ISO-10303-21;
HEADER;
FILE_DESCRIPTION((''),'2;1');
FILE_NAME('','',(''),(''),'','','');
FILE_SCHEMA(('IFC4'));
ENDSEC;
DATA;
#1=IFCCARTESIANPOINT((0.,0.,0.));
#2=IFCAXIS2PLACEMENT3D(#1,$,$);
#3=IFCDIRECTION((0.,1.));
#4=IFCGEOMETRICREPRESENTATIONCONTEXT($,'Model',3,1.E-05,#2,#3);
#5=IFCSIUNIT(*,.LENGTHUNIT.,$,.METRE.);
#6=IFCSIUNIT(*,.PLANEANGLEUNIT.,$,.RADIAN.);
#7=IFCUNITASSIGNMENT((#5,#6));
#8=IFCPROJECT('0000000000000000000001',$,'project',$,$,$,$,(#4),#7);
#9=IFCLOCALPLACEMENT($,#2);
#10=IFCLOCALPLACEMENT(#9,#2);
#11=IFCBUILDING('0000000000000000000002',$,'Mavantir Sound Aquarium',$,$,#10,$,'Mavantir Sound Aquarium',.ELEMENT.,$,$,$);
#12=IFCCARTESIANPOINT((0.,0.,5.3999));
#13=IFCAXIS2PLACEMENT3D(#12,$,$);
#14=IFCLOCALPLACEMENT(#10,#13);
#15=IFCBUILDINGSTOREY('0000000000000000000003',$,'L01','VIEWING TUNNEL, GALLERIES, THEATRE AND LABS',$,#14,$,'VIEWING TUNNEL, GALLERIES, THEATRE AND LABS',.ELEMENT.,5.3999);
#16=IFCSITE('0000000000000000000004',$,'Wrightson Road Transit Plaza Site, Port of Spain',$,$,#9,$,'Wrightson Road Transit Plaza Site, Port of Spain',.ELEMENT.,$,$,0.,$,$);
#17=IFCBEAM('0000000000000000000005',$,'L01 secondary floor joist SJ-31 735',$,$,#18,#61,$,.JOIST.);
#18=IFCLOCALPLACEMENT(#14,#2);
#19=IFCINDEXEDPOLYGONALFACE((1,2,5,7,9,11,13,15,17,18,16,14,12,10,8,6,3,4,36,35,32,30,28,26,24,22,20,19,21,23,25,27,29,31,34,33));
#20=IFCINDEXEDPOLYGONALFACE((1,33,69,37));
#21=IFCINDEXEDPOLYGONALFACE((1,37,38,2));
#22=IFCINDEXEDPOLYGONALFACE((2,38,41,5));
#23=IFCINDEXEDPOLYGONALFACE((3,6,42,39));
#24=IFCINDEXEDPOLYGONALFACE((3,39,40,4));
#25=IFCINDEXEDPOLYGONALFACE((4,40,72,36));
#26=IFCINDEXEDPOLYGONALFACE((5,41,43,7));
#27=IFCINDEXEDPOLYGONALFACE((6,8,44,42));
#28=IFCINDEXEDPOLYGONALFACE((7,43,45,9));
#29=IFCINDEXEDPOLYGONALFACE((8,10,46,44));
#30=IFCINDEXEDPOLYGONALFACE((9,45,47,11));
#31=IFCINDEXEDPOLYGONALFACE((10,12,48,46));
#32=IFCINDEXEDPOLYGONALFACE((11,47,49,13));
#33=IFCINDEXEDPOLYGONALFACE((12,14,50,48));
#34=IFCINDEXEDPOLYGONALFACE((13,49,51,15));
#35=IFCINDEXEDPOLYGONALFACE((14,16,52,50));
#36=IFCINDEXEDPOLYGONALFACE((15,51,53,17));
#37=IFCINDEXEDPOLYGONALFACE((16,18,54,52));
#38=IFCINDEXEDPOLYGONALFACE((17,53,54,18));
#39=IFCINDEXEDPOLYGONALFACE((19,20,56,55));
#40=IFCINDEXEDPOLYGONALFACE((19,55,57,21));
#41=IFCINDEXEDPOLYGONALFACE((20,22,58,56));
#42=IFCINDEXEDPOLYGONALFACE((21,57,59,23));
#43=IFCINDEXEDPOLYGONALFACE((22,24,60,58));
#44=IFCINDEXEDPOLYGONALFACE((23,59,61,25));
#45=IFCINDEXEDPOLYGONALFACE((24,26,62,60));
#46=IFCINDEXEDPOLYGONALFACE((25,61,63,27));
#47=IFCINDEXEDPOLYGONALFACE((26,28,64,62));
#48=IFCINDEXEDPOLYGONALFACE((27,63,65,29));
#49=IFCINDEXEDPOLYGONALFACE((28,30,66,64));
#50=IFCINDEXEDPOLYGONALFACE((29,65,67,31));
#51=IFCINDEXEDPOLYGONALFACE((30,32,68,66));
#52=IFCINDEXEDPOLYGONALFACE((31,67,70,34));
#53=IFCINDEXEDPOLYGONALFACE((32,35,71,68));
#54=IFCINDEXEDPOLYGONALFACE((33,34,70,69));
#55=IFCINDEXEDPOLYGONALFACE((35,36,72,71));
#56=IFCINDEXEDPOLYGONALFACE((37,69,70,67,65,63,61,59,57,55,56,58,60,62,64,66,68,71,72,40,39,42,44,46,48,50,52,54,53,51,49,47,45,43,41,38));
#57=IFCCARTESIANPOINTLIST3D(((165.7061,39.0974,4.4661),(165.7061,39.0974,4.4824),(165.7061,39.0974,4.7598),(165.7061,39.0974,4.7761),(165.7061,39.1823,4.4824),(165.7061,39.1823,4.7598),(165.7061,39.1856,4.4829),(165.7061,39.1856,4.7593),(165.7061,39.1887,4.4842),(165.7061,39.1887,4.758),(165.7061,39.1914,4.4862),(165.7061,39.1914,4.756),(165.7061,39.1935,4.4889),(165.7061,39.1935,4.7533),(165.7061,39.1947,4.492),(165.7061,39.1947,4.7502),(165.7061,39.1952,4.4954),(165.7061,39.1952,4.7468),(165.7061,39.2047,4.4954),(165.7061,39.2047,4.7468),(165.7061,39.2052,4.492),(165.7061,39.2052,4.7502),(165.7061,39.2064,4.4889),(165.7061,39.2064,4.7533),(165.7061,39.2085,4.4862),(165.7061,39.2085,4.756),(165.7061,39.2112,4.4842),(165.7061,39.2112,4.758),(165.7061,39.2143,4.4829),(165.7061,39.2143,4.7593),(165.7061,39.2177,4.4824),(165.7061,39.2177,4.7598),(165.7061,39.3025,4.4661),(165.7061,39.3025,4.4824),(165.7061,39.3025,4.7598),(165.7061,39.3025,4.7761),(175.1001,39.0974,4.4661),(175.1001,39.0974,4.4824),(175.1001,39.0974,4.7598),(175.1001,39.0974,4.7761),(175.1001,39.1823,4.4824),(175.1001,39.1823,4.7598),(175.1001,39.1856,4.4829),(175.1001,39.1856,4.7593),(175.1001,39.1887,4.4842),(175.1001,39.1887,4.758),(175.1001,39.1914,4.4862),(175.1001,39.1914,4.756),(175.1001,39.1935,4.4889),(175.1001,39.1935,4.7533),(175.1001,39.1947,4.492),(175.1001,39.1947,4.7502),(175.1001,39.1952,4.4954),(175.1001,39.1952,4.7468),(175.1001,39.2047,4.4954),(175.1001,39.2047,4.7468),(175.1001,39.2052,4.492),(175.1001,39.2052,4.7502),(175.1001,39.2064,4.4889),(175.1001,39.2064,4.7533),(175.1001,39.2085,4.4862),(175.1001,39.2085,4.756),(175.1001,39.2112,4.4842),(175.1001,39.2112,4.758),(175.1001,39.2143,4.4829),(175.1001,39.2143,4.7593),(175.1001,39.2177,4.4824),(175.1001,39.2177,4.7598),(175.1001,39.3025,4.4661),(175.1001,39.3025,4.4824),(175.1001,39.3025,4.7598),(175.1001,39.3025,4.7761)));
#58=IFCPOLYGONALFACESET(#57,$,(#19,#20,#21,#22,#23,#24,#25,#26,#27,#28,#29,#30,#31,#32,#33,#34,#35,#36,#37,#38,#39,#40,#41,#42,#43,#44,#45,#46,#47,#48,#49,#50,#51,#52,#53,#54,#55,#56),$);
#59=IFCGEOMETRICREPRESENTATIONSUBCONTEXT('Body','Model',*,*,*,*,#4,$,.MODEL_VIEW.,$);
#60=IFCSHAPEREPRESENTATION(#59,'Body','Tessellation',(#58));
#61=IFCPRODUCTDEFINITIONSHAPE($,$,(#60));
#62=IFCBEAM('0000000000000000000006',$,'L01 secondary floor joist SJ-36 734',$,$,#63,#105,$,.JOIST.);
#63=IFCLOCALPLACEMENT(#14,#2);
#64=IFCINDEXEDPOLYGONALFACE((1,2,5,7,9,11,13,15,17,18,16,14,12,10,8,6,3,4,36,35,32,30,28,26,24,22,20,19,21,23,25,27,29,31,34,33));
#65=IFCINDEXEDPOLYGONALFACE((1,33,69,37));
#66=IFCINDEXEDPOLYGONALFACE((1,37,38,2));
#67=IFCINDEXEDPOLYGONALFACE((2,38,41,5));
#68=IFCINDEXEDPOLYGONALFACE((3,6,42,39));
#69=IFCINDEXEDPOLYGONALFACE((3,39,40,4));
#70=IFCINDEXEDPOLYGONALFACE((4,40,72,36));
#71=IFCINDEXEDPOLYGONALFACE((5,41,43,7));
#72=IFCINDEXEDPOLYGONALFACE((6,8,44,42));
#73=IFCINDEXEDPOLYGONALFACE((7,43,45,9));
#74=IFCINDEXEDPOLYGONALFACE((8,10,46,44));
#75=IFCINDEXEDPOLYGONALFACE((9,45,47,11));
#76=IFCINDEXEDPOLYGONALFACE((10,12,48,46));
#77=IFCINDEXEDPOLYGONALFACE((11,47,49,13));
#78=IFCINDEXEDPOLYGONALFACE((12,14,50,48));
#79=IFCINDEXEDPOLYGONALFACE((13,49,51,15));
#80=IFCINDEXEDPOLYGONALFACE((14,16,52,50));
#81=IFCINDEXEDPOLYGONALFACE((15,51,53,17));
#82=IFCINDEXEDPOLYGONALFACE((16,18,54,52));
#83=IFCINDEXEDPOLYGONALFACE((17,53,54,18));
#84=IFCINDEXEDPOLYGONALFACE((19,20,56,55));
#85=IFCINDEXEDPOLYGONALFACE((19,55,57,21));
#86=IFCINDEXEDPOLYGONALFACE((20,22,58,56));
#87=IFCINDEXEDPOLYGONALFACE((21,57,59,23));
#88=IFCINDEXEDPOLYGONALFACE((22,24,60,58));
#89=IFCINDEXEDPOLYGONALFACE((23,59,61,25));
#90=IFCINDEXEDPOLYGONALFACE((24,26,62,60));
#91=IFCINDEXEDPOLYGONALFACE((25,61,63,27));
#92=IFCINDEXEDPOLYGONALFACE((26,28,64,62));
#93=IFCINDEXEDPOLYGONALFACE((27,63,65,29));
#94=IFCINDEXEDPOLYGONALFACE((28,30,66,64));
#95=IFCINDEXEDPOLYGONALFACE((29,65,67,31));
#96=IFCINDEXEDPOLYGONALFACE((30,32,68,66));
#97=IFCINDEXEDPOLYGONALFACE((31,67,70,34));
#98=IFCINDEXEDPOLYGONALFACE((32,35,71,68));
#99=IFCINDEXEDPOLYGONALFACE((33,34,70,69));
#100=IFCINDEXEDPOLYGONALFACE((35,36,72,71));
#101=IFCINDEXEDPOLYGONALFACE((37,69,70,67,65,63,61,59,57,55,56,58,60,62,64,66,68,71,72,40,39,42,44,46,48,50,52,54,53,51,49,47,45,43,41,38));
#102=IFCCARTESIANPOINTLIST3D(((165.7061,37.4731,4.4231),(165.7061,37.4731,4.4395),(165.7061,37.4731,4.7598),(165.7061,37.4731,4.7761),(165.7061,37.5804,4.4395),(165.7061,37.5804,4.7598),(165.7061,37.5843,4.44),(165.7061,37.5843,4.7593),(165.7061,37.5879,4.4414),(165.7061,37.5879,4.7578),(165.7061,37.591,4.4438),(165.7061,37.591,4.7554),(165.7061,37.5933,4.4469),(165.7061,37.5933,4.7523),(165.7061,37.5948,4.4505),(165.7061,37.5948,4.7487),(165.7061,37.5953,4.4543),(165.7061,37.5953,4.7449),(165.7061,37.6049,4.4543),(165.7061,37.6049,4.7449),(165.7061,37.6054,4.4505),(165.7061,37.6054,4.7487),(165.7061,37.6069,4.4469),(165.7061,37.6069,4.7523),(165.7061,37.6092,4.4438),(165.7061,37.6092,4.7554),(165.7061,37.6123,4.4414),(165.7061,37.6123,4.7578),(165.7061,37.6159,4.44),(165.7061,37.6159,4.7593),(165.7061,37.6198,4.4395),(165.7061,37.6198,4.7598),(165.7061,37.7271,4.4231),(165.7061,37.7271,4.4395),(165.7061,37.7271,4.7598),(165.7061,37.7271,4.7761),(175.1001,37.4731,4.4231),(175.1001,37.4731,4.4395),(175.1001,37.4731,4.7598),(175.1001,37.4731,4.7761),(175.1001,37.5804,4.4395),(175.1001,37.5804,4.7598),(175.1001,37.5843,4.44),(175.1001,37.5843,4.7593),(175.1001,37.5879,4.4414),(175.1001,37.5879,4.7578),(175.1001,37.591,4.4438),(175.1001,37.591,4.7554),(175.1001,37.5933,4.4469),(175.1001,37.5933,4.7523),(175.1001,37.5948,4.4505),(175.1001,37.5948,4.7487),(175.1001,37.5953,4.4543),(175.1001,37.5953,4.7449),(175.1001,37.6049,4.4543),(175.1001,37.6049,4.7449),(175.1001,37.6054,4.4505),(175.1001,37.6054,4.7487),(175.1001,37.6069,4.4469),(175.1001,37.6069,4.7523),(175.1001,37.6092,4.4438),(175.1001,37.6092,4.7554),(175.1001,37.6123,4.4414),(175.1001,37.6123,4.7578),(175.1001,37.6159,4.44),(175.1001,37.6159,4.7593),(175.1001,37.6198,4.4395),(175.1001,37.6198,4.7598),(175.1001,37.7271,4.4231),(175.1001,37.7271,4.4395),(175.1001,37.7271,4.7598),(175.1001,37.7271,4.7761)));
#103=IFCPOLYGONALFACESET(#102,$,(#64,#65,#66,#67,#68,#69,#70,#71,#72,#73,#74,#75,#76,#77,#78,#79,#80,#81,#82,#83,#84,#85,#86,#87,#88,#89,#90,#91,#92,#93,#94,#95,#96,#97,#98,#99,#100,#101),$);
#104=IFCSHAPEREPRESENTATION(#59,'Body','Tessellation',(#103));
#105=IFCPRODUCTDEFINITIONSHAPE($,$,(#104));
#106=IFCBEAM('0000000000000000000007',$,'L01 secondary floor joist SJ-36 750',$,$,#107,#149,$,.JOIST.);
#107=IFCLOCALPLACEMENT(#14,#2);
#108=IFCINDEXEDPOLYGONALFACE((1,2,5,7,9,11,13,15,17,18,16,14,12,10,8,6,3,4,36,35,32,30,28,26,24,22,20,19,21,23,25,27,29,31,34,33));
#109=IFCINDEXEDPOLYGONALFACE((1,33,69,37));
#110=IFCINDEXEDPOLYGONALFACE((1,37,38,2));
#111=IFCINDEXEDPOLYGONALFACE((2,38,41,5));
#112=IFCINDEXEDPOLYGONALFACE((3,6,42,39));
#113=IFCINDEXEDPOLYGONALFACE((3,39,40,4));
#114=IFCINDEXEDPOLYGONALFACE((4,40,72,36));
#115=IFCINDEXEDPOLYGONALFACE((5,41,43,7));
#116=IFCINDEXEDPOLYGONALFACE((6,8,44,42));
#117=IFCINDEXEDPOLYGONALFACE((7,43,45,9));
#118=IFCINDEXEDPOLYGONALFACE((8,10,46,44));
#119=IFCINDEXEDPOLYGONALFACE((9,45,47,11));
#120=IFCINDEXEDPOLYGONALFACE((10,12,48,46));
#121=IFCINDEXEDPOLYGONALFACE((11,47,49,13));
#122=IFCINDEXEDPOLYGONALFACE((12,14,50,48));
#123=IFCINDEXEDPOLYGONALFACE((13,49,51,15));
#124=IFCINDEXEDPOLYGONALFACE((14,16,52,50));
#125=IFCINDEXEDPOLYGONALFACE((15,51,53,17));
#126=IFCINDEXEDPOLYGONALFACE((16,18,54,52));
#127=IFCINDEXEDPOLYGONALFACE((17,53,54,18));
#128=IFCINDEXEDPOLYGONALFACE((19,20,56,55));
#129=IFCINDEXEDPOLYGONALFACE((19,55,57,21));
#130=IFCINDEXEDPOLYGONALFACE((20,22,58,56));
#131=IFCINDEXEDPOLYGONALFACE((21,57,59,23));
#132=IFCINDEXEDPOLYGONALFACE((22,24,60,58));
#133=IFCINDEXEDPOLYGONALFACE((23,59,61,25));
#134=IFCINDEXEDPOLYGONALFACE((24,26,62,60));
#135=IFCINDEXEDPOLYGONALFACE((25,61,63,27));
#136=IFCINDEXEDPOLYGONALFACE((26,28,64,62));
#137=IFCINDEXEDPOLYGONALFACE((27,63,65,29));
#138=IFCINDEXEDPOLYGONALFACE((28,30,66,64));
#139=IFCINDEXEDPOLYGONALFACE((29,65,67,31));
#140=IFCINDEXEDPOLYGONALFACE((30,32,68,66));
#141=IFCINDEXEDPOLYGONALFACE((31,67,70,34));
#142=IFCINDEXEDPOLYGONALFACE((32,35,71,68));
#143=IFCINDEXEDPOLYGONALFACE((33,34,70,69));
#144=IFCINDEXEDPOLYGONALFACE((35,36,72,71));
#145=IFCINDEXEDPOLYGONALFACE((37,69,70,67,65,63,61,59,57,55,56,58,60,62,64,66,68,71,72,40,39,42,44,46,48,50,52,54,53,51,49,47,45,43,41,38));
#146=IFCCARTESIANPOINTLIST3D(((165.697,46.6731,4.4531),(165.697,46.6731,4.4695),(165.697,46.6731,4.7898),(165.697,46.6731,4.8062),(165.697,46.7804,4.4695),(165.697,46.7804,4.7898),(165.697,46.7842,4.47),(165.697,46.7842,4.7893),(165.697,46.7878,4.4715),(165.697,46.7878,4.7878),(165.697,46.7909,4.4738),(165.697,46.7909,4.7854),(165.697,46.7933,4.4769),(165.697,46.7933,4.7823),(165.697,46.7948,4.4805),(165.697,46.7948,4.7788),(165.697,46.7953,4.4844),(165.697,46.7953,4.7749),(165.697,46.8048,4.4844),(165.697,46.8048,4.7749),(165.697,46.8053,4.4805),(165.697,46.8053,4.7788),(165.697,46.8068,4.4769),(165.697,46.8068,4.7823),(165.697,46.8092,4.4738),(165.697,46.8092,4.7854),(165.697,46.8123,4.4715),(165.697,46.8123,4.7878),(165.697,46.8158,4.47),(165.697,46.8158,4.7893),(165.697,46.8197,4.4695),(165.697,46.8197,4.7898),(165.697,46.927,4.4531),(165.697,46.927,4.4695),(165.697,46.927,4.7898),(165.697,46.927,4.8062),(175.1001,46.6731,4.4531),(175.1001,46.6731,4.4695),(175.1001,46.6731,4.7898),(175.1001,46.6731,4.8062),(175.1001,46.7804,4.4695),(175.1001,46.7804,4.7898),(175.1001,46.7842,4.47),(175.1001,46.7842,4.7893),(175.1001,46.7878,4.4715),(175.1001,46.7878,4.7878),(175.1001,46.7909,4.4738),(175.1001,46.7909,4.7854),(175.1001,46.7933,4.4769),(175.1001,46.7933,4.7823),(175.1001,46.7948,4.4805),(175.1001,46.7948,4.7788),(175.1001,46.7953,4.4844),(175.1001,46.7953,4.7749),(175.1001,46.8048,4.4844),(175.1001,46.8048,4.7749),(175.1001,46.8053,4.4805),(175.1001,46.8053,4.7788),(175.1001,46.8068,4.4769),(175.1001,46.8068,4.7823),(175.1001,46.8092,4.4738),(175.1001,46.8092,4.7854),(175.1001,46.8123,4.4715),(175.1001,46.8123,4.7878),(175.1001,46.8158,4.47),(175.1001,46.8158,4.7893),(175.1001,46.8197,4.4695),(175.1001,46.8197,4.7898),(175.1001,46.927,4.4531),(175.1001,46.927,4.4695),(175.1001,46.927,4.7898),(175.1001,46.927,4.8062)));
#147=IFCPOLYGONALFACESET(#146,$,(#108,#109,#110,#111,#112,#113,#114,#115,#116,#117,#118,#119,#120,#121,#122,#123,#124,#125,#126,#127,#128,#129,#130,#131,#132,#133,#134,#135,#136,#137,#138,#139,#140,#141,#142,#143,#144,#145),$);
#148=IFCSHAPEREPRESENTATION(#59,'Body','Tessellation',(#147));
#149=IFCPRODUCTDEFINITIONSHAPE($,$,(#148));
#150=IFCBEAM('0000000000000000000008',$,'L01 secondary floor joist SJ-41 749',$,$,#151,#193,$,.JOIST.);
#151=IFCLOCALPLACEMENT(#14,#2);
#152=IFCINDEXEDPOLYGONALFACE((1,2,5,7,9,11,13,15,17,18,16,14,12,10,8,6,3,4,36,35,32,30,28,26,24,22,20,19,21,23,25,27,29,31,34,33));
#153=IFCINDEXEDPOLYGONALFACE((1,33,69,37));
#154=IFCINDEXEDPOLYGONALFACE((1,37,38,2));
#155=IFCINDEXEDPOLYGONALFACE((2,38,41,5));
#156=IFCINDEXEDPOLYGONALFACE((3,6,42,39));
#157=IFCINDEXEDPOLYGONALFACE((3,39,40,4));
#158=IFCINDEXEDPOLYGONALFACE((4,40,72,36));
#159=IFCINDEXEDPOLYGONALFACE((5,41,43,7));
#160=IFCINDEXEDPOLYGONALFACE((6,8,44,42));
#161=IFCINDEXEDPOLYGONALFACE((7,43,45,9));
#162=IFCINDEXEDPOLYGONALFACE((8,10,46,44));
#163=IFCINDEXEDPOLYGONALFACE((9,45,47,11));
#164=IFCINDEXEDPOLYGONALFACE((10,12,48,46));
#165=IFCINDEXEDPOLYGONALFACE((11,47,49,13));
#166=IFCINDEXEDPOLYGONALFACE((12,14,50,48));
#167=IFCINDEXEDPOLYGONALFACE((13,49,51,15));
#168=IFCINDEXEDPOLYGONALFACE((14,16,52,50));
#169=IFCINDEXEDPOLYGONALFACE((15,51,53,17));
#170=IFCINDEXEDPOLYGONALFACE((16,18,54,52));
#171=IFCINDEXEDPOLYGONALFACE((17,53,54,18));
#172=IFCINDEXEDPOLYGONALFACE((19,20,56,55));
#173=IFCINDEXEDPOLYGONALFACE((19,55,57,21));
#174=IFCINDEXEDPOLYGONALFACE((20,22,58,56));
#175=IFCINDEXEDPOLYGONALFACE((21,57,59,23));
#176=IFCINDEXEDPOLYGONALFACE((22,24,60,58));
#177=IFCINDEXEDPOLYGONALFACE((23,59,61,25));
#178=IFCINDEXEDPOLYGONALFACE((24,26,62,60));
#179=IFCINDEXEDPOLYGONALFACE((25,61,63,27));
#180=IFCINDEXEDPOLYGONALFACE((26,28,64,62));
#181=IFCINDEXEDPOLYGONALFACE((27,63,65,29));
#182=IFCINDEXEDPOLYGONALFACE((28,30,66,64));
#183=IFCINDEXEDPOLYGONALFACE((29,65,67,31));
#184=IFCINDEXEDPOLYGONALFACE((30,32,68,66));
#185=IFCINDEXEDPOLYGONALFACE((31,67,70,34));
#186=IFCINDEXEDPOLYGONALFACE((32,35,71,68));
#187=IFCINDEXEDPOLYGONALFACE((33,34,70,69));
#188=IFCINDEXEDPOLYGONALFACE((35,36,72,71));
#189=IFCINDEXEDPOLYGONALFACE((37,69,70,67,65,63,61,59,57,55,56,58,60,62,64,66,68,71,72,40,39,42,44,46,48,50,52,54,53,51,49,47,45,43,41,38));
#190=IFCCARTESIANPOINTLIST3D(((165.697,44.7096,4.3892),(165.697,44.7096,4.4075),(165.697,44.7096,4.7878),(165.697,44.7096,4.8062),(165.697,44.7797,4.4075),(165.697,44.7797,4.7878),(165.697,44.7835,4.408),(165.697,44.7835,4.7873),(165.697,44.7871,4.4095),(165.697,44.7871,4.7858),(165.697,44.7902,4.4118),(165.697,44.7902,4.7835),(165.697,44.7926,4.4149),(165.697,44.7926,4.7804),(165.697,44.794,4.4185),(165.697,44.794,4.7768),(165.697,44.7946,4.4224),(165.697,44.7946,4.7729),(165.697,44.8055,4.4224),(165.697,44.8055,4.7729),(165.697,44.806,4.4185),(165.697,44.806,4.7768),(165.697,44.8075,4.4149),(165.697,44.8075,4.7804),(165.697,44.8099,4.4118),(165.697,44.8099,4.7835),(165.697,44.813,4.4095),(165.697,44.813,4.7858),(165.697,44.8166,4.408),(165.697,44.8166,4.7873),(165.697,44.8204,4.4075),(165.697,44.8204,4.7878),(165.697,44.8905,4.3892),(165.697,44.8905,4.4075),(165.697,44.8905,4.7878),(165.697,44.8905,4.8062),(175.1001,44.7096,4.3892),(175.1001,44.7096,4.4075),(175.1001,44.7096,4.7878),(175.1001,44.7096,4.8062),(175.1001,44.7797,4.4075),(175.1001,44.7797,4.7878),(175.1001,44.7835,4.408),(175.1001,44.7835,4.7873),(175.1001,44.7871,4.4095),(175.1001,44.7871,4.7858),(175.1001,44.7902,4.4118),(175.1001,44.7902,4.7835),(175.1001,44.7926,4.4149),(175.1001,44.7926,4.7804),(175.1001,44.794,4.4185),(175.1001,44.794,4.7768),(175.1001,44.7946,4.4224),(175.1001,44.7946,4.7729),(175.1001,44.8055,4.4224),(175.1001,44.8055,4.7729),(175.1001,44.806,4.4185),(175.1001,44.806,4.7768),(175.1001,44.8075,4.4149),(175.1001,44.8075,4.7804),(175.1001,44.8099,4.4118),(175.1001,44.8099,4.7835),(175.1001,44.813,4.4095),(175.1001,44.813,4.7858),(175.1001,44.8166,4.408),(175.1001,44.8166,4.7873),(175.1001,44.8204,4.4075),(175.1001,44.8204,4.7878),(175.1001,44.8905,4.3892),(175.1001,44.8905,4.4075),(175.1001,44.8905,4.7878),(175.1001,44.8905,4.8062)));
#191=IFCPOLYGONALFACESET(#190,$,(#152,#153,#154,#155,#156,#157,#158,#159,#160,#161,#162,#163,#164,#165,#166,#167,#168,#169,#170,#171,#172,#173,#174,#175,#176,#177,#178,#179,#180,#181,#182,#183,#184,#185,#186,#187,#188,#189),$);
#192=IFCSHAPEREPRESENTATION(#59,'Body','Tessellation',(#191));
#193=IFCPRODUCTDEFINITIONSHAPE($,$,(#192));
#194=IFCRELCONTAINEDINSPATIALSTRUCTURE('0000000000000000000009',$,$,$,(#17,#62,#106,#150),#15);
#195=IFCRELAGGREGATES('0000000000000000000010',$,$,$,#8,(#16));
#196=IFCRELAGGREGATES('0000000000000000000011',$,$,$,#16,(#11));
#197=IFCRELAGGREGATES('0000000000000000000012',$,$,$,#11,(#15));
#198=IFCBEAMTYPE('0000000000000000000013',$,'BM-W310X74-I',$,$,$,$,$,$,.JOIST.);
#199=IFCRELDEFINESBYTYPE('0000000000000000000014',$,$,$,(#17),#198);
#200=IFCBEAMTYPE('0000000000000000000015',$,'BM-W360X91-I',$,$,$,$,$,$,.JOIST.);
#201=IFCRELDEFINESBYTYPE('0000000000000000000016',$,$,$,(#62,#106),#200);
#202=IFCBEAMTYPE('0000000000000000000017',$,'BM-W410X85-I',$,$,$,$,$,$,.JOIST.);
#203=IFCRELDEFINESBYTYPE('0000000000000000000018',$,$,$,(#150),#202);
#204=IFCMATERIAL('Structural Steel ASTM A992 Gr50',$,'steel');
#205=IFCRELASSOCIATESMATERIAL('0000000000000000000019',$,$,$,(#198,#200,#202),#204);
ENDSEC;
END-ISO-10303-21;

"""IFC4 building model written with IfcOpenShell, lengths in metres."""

from ifc_helpers import new_model, si_unit, direction, frame, origin, origin_2d, place, context, subcontext, project, spatial, i_section, extrude, material, material_profile, profile_set, type_object, element, save


model = new_model("IFC4")

# Units and contexts
model_context = context("Model", 3, precision=1e-05, world=origin(), true_north=direction((0.0, 1.0)))
body_context = subcontext(model_context, "Body", "Model", "MODEL_VIEW")
ifc_project = project(units=[si_unit("LENGTHUNIT", "METRE"), si_unit("PLANEANGLEUNIT", "RADIAN")], contexts=[model_context])

# Site, building, storey
site_placement = place(None, origin())
site = spatial("IfcSite", under=ifc_project, at=site_placement, Name="Wrightson Road Transit Plaza Site, Port of Spain", LongName="Wrightson Road Transit Plaza Site, Port of Spain", CompositionType="ELEMENT", RefElevation=0.0)
building_placement = place(site_placement, origin())
building = spatial("IfcBuilding", under=site, at=building_placement, Name="Mavantir Sound Aquarium", LongName="Mavantir Sound Aquarium", CompositionType="ELEMENT")
storey_placement = place(building_placement, frame((0.0, 0.0, 5.3999)))
storey = spatial("IfcBuildingStorey", under=building, at=storey_placement, Name="L01", Description="VIEWING TUNNEL, GALLERIES, THEATRE AND LABS", LongName="VIEWING TUNNEL, GALLERIES, THEATRE AND LABS", CompositionType="ELEMENT", Elevation=5.3999)

# Beams
ifc_material_1 = material(Name="Structural Steel ASTM A992 Gr50", Category="steel")
ifc_material_profile_1 = material_profile(ifc_material_1, i_section(OverallWidth=0.2051, OverallDepth=0.3101, WebThickness=0.0095, FlangeThickness=0.0164, FilletRadius=0.0129, at=origin_2d()), Name="W310X74")
ifc_profile_set_1 = profile_set([ifc_material_profile_1], Name="Structural Steel ASTM A992 Gr50")
beam_type_1 = type_object("IfcBeamType", Name="BM-W310X74-I", PredefinedType="JOIST", material=ifc_profile_set_1)
beam_1_placement = place(storey_placement, frame((165.7061, 39.2, 4.6211), z_axis=(1.0, 0.0, 0.0), x_axis=(0.0, 1.0, 0.0)))
element("IfcBeam", 1, at=beam_1_placement, inside=storey, type_object=beam_type_1, Name="L01 secondary floor joist SJ-31 735", PredefinedType="JOIST", context=body_context, shape_type="SweptSolid", body=[
    extrude(i_section(OverallWidth=0.2051, OverallDepth=0.3101, WebThickness=0.0095, FlangeThickness=0.0164, FilletRadius=0.0129, at=origin_2d()), origin(), (0.0, 0.0, 1.0), 9.394),
])
ifc_material_profile_2 = material_profile(ifc_material_1, i_section(OverallWidth=0.2539, OverallDepth=0.353, WebThickness=0.0095, FlangeThickness=0.0164, FilletRadius=0.0149, at=origin_2d()), Name="W360X91")
ifc_profile_set_2 = profile_set([ifc_material_profile_2], Name="Structural Steel ASTM A992 Gr50")
beam_type_2 = type_object("IfcBeamType", Name="BM-W360X91-I", PredefinedType="JOIST", material=ifc_profile_set_2)
beam_2_placement = place(storey_placement, frame((165.7061, 37.6001, 4.5996), z_axis=(1.0, 0.0, 0.0), x_axis=(0.0, 1.0, 0.0)))
element("IfcBeam", 2, at=beam_2_placement, inside=storey, type_object=beam_type_2, Name="L01 secondary floor joist SJ-36 734", PredefinedType="JOIST", context=body_context, shape_type="SweptSolid", body=[
    extrude(i_section(OverallWidth=0.2539, OverallDepth=0.353, WebThickness=0.0095, FlangeThickness=0.0164, FilletRadius=0.0149, at=origin_2d()), origin(), (0.0, 0.0, 1.0), 9.394),
])
beam_3_placement = place(storey_placement, frame((165.697, 46.8, 4.6296), z_axis=(1.0, 0.0, 0.0), x_axis=(0.0, 1.0, 0.0)))
element("IfcBeam", 3, at=beam_3_placement, inside=storey, type_object=beam_type_2, Name="L01 secondary floor joist SJ-36 750", PredefinedType="JOIST", context=body_context, shape_type="SweptSolid", body=[
    extrude(i_section(OverallWidth=0.2539, OverallDepth=0.353, WebThickness=0.0095, FlangeThickness=0.0164, FilletRadius=0.0149, at=origin_2d()), origin(), (0.0, 0.0, 1.0), 9.4031),
])
ifc_material_profile_3 = material_profile(ifc_material_1, i_section(OverallWidth=0.1809, OverallDepth=0.417, WebThickness=0.011, FlangeThickness=0.0183, FilletRadius=0.0149, at=origin_2d()), Name="W410X85")
ifc_profile_set_3 = profile_set([ifc_material_profile_3], Name="Structural Steel ASTM A992 Gr50")
beam_type_3 = type_object("IfcBeamType", Name="BM-W410X85-I", PredefinedType="JOIST", material=ifc_profile_set_3)
beam_4_placement = place(storey_placement, frame((165.697, 44.8, 4.5977), z_axis=(1.0, 0.0, 0.0), x_axis=(0.0, 1.0, 0.0)))
element("IfcBeam", 4, at=beam_4_placement, inside=storey, type_object=beam_type_3, Name="L01 secondary floor joist SJ-41 749", PredefinedType="JOIST", context=body_context, shape_type="SweptSolid", body=[
    extrude(i_section(OverallWidth=0.1809, OverallDepth=0.417, WebThickness=0.011, FlangeThickness=0.0183, FilletRadius=0.0149, at=origin_2d()), origin(), (0.0, 0.0, 1.0), 9.4031),
])

save(model, "model.ifc")
